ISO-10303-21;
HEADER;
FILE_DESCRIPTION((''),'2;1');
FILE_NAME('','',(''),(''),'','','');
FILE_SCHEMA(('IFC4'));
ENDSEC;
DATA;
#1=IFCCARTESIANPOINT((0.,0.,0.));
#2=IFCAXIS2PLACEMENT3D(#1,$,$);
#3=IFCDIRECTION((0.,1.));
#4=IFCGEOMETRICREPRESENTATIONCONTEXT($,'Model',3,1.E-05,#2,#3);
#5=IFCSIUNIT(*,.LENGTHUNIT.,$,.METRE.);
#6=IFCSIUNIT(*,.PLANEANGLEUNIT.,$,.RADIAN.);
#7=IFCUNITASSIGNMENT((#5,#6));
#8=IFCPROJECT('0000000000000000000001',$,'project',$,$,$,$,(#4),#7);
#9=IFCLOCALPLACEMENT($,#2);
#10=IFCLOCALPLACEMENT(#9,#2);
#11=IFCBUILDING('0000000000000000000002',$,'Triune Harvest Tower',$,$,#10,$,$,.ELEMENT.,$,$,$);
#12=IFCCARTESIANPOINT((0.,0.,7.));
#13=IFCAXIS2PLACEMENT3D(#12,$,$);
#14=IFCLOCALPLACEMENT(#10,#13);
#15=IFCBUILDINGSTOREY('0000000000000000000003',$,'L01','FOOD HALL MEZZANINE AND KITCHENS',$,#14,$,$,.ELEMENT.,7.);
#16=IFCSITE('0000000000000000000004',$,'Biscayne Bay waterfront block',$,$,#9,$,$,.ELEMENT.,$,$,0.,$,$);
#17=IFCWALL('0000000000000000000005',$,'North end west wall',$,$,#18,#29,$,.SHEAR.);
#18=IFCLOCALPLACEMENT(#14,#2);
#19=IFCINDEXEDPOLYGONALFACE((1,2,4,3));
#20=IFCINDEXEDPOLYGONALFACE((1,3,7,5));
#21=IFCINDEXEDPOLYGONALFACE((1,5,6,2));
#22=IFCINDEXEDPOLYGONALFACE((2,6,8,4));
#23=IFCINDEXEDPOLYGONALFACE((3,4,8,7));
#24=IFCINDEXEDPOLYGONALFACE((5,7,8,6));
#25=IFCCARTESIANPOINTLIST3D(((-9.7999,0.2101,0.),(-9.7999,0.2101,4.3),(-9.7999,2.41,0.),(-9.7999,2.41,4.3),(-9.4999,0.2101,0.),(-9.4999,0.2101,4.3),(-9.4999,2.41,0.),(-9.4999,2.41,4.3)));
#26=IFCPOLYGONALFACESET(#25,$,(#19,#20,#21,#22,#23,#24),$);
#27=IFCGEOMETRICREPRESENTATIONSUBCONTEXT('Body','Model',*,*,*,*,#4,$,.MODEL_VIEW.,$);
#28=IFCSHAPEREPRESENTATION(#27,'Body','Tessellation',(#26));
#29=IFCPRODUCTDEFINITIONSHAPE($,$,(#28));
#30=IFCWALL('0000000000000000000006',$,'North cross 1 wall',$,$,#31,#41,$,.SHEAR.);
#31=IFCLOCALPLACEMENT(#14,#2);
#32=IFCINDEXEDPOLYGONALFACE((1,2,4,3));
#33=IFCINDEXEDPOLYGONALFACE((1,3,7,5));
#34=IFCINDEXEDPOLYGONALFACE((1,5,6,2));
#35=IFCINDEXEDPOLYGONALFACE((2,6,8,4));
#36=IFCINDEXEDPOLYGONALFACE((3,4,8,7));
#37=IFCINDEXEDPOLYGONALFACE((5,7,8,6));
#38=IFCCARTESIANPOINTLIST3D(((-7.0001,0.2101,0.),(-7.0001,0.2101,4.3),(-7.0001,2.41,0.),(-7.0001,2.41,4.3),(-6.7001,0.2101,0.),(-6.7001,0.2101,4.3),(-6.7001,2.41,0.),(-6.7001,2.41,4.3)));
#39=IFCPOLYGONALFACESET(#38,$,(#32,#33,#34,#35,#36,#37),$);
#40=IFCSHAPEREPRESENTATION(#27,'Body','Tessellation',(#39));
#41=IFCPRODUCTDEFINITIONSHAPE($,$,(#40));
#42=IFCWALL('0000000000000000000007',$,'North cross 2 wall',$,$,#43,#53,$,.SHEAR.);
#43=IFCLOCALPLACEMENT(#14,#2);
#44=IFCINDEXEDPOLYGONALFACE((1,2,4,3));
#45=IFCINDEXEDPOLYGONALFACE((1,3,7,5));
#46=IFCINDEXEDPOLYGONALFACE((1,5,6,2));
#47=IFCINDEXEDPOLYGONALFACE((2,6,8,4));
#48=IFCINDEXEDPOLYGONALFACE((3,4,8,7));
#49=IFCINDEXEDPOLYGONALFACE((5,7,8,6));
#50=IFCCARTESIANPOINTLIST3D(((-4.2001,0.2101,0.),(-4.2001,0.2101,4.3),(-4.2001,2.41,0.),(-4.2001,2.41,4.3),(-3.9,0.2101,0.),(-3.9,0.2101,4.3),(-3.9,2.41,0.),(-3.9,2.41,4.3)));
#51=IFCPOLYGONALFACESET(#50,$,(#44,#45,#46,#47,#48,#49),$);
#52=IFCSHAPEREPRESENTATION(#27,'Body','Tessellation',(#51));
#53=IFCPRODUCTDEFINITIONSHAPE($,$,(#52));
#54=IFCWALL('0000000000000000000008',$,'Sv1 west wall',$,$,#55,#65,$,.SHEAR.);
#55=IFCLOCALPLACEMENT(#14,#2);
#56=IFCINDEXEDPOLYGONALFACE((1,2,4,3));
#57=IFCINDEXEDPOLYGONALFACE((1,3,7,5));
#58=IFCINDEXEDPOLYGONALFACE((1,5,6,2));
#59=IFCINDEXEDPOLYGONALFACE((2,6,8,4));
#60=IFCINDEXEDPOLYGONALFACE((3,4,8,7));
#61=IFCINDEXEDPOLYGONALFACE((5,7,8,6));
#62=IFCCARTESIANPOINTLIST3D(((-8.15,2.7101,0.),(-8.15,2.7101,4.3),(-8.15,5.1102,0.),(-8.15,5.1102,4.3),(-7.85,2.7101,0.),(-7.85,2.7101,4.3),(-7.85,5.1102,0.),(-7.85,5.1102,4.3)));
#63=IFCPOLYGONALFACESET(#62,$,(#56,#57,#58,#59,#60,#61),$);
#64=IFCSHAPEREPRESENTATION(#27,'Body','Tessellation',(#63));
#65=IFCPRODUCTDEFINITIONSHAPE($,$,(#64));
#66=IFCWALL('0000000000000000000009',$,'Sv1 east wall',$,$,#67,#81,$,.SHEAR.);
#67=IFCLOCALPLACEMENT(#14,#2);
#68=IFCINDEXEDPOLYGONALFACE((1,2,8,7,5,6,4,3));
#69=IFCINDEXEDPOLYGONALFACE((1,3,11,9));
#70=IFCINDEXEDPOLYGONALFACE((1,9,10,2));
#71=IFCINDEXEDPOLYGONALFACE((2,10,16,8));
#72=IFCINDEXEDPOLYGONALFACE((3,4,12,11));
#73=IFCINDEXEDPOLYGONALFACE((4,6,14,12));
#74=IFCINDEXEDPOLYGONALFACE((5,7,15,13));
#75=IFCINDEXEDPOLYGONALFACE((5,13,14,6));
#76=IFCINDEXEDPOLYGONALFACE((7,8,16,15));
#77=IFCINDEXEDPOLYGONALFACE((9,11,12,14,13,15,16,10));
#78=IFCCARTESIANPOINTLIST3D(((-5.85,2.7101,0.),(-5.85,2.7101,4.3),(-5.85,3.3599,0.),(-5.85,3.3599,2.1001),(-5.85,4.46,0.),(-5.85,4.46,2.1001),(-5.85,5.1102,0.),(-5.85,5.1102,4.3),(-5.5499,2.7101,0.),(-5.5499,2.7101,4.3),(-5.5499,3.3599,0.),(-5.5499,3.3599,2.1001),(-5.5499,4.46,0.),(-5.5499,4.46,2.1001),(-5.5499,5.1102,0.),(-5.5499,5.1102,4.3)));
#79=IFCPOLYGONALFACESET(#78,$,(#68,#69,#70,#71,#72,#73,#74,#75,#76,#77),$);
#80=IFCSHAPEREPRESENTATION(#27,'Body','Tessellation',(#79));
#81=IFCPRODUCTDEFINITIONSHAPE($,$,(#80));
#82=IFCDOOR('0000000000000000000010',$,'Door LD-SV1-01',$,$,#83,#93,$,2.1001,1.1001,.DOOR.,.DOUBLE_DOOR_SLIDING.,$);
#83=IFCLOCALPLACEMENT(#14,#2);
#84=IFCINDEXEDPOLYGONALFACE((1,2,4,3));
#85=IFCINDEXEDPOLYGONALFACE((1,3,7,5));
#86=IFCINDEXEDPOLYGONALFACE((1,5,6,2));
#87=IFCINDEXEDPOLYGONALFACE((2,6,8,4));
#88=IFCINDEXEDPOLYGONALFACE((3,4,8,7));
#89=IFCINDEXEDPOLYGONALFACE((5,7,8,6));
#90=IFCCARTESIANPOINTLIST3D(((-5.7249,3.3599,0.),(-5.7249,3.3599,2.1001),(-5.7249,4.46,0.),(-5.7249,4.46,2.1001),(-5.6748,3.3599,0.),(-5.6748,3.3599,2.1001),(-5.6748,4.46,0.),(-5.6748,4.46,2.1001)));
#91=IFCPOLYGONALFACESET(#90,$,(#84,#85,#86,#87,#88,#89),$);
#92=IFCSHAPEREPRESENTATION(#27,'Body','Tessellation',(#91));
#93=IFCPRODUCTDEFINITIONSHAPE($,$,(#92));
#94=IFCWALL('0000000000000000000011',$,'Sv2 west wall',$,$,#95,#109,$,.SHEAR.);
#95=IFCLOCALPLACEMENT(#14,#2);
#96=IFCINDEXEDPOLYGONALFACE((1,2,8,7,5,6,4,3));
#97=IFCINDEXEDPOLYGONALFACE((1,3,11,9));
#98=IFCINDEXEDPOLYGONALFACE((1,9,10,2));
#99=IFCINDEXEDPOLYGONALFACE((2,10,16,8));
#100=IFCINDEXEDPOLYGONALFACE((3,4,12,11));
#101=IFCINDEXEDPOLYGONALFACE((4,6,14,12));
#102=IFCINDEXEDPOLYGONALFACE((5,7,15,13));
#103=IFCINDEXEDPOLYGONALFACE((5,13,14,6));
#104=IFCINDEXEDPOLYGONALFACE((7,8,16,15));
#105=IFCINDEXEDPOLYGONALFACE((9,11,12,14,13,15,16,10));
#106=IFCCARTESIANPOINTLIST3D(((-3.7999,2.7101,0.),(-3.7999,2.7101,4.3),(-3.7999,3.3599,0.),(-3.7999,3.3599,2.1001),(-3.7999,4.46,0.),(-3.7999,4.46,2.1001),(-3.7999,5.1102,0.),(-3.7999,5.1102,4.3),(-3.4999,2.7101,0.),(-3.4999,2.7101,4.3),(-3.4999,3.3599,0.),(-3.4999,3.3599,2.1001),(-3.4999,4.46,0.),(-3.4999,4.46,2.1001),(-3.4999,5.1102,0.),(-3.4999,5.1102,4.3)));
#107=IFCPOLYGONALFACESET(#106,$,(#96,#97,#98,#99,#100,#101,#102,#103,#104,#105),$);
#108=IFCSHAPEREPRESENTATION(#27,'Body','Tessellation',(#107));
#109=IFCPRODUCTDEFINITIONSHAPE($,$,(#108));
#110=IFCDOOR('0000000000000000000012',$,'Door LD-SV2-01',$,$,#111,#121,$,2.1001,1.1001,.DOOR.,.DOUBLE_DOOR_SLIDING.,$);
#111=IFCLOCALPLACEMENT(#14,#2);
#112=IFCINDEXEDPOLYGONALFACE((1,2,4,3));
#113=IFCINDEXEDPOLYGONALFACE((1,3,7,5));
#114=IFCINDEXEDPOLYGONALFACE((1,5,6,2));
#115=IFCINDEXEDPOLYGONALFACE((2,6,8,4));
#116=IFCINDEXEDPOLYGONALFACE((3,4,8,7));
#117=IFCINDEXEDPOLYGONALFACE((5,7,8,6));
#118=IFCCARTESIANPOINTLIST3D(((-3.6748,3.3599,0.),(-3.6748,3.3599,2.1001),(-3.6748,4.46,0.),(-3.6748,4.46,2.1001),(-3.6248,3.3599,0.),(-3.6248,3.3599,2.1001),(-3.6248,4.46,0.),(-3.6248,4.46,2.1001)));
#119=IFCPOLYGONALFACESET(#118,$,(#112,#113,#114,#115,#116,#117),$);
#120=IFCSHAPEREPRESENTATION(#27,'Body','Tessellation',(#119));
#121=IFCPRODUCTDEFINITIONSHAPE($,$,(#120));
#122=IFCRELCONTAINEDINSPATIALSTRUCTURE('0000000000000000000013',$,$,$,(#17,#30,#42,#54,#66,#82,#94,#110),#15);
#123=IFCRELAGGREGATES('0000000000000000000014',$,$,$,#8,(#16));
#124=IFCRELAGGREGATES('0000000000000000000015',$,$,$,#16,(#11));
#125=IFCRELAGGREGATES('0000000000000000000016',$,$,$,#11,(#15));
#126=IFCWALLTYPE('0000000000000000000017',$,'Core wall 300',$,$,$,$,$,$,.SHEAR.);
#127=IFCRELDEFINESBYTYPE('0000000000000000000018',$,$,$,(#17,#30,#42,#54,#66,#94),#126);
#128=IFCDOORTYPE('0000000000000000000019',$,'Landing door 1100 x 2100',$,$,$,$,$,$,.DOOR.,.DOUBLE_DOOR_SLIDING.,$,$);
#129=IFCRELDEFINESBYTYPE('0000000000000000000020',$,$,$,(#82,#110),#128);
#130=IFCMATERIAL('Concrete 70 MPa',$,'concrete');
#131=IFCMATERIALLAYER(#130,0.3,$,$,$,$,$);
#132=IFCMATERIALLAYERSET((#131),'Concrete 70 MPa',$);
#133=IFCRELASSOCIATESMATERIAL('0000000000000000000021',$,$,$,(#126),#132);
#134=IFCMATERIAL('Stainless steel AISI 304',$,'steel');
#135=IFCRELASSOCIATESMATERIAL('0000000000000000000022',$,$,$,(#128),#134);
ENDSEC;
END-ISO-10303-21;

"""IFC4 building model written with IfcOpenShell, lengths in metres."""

from ifc_helpers import new_model, si_unit, direction, frame, frame_2d, origin, place, context, subcontext, project, spatial, rectangle, extrude, source, transform, mapped, material, layer, layer_set, type_object, element, fill, save


model = new_model("IFC4")

# Units and contexts
model_context = context("Model", 3, precision=1e-05, world=origin(), true_north=direction((0.0, 1.0)))
body_context = subcontext(model_context, "Body", "Model", "MODEL_VIEW")
ifc_project = project(units=[si_unit("LENGTHUNIT", "METRE"), si_unit("PLANEANGLEUNIT", "RADIAN")], contexts=[model_context])

# Site, building, storey
site_placement = place(None, origin())
site = spatial("IfcSite", under=ifc_project, at=site_placement, Name="Biscayne Bay waterfront block", CompositionType="ELEMENT", RefElevation=0.0)
building_placement = place(site_placement, origin())
building = spatial("IfcBuilding", under=site, at=building_placement, Name="Triune Harvest Tower", CompositionType="ELEMENT")
storey_placement = place(building_placement, frame((0.0, 0.0, 7.0)))
storey = spatial("IfcBuildingStorey", under=building, at=storey_placement, Name="L01", Description="FOOD HALL MEZZANINE AND KITCHENS", CompositionType="ELEMENT", Elevation=7.0)

# Shared definitions
ifc_material_1 = material(Name="Concrete 70 MPa", Category="concrete")
ifc_layer_1 = layer(ifc_material_1, 0.3)
ifc_layer_set_1 = layer_set([ifc_layer_1], Name="Concrete 70 MPa")
wall_type_1 = type_object("IfcWallType", Name="Core wall 300", PredefinedType="SHEAR", material=ifc_layer_set_1)
ifc_material_2 = material(Name="Stainless steel AISI 304", Category="steel")
door_type_1 = type_object("IfcDoorType", Name="Landing door 1100 x 2100", OperationType="DOUBLE_DOOR_SLIDING", PredefinedType="DOOR", material=ifc_material_2)

# Walls
shared_shape_1 = source(origin(), body_context, "Body", "SweptSolid", [
    extrude(rectangle(XDim=2.2, YDim=0.3, at=frame_2d((1.1001, 0.0))), origin(), (0.0, 0.0, 1.0), 4.3),
])
for number, where, z_axis, x_axis, name in (
    (1, (-9.6499, 0.21, 0.0), (0.0, 0.0, 1.0), (0.0, 1.0, 0.0), "North end west wall"),
    (2, (-6.8501, 0.21, 0.0), (0.0, 0.0, 1.0), (0.0, 1.0, 0.0), "North cross 1 wall"),
    (3, (-4.05, 0.21, 0.0), (0.0, 0.0, 1.0), (0.0, 1.0, 0.0), "North cross 2 wall"),
):
    element("IfcWall", number, at=place(storey_placement, frame(where, z_axis=z_axis, x_axis=x_axis)), inside=storey, type_object=wall_type_1, Name=name, PredefinedType="SHEAR", context=body_context, shape_type="MappedRepresentation", body=[
        mapped(shared_shape_1, transform((0.0, 0.0, 0.0), scale=1.0)),
    ])
shared_shape_2 = source(origin(), body_context, "Body", "SweptSolid", [
    extrude(rectangle(XDim=2.4001, YDim=0.3, at=frame_2d((1.2002, 0.0))), origin(), (0.0, 0.0, 1.0), 4.3),
])
wall_1_placement = place(storey_placement, frame((-8.0, 2.71, 0.0), z_axis=(0.0, 0.0, 1.0), x_axis=(0.0, 1.0, 0.0)))
element("IfcWall", 4, at=wall_1_placement, inside=storey, type_object=wall_type_1, Name="Sv1 west wall", PredefinedType="SHEAR", context=body_context, shape_type="MappedRepresentation", body=[
    mapped(shared_shape_2, transform((0.0, 0.0, 0.0), scale=1.0)),
])

# Walls, openings, doors
wall_2_placement = place(storey_placement, frame((-5.7, 2.71, 0.0), z_axis=(0.0, 0.0, 1.0), x_axis=(0.0, 1.0, 0.0)))
wall_2 = element("IfcWall", 5, at=wall_2_placement, inside=storey, type_object=wall_type_1, Name="Sv1 east wall", PredefinedType="SHEAR", context=body_context, shape_type="MappedRepresentation", body=[
    mapped(shared_shape_2, transform((0.0, 0.0, 0.0), scale=1.0)),
])
opening_1_placement = place(wall_2_placement, frame((0.6499, 0.0, 0.0)))
opening_1 = element("IfcOpeningElement", 6, at=opening_1_placement, cuts=wall_2, PredefinedType="OPENING", context=body_context, shape_type="SweptSolid", body=[
    extrude(rectangle(XDim=1.1001, YDim=2.1001, at=frame_2d((0.55, 1.05))), frame((0.0, 0.1602, 0.0), z_axis=(0.0, -1.0, 0.0), x_axis=(1.0, 0.0, 0.0)), (0.0, 0.0, 1.0), 0.3201),
])
door_1_placement = place(opening_1_placement, origin())
door_1 = element("IfcDoor", 7, at=door_1_placement, inside=storey, type_object=door_type_1, Name="Door LD-SV1-01", OperationType="DOUBLE_DOOR_SLIDING", OverallHeight=2.1001, OverallWidth=1.1001, PredefinedType="DOOR", context=body_context, shape_type="SweptSolid", body=[
    extrude(rectangle(XDim=1.1001, YDim=2.1001, at=frame_2d((0.55, 1.05))), frame((0.0, 0.0249, 0.0), z_axis=(0.0, -1.0, 0.0), x_axis=(1.0, 0.0, 0.0)), (0.0, 0.0, 1.0), 0.05),
])
fill(opening_1, door_1)
wall_3_placement = place(storey_placement, frame((-3.6499, 2.71, 0.0), z_axis=(0.0, 0.0, 1.0), x_axis=(0.0, 1.0, 0.0)))
wall_3 = element("IfcWall", 8, at=wall_3_placement, inside=storey, type_object=wall_type_1, Name="Sv2 west wall", PredefinedType="SHEAR", context=body_context, shape_type="MappedRepresentation", body=[
    mapped(shared_shape_2, transform((0.0, 0.0, 0.0), scale=1.0)),
])
opening_2_placement = place(wall_3_placement, frame((0.6499, 0.0, 0.0)))
opening_2 = element("IfcOpeningElement", 9, at=opening_2_placement, cuts=wall_3, PredefinedType="OPENING", context=body_context, shape_type="SweptSolid", body=[
    extrude(rectangle(XDim=1.1001, YDim=2.1001, at=frame_2d((0.55, 1.05))), frame((0.0, 0.1602, 0.0), z_axis=(0.0, -1.0, 0.0), x_axis=(1.0, 0.0, 0.0)), (0.0, 0.0, 1.0), 0.3201),
])
door_2_placement = place(opening_2_placement, origin())
door_2 = element("IfcDoor", 10, at=door_2_placement, inside=storey, type_object=door_type_1, Name="Door LD-SV2-01", OperationType="DOUBLE_DOOR_SLIDING", OverallHeight=2.1001, OverallWidth=1.1001, PredefinedType="DOOR", context=body_context, shape_type="SweptSolid", body=[
    extrude(rectangle(XDim=1.1001, YDim=2.1001, at=frame_2d((0.55, 1.05))), frame((0.0, 0.0249, 0.0), z_axis=(0.0, -1.0, 0.0), x_axis=(1.0, 0.0, 0.0)), (0.0, 0.0, 1.0), 0.05),
])
fill(opening_2, door_2)

save(model, "model.ifc")
